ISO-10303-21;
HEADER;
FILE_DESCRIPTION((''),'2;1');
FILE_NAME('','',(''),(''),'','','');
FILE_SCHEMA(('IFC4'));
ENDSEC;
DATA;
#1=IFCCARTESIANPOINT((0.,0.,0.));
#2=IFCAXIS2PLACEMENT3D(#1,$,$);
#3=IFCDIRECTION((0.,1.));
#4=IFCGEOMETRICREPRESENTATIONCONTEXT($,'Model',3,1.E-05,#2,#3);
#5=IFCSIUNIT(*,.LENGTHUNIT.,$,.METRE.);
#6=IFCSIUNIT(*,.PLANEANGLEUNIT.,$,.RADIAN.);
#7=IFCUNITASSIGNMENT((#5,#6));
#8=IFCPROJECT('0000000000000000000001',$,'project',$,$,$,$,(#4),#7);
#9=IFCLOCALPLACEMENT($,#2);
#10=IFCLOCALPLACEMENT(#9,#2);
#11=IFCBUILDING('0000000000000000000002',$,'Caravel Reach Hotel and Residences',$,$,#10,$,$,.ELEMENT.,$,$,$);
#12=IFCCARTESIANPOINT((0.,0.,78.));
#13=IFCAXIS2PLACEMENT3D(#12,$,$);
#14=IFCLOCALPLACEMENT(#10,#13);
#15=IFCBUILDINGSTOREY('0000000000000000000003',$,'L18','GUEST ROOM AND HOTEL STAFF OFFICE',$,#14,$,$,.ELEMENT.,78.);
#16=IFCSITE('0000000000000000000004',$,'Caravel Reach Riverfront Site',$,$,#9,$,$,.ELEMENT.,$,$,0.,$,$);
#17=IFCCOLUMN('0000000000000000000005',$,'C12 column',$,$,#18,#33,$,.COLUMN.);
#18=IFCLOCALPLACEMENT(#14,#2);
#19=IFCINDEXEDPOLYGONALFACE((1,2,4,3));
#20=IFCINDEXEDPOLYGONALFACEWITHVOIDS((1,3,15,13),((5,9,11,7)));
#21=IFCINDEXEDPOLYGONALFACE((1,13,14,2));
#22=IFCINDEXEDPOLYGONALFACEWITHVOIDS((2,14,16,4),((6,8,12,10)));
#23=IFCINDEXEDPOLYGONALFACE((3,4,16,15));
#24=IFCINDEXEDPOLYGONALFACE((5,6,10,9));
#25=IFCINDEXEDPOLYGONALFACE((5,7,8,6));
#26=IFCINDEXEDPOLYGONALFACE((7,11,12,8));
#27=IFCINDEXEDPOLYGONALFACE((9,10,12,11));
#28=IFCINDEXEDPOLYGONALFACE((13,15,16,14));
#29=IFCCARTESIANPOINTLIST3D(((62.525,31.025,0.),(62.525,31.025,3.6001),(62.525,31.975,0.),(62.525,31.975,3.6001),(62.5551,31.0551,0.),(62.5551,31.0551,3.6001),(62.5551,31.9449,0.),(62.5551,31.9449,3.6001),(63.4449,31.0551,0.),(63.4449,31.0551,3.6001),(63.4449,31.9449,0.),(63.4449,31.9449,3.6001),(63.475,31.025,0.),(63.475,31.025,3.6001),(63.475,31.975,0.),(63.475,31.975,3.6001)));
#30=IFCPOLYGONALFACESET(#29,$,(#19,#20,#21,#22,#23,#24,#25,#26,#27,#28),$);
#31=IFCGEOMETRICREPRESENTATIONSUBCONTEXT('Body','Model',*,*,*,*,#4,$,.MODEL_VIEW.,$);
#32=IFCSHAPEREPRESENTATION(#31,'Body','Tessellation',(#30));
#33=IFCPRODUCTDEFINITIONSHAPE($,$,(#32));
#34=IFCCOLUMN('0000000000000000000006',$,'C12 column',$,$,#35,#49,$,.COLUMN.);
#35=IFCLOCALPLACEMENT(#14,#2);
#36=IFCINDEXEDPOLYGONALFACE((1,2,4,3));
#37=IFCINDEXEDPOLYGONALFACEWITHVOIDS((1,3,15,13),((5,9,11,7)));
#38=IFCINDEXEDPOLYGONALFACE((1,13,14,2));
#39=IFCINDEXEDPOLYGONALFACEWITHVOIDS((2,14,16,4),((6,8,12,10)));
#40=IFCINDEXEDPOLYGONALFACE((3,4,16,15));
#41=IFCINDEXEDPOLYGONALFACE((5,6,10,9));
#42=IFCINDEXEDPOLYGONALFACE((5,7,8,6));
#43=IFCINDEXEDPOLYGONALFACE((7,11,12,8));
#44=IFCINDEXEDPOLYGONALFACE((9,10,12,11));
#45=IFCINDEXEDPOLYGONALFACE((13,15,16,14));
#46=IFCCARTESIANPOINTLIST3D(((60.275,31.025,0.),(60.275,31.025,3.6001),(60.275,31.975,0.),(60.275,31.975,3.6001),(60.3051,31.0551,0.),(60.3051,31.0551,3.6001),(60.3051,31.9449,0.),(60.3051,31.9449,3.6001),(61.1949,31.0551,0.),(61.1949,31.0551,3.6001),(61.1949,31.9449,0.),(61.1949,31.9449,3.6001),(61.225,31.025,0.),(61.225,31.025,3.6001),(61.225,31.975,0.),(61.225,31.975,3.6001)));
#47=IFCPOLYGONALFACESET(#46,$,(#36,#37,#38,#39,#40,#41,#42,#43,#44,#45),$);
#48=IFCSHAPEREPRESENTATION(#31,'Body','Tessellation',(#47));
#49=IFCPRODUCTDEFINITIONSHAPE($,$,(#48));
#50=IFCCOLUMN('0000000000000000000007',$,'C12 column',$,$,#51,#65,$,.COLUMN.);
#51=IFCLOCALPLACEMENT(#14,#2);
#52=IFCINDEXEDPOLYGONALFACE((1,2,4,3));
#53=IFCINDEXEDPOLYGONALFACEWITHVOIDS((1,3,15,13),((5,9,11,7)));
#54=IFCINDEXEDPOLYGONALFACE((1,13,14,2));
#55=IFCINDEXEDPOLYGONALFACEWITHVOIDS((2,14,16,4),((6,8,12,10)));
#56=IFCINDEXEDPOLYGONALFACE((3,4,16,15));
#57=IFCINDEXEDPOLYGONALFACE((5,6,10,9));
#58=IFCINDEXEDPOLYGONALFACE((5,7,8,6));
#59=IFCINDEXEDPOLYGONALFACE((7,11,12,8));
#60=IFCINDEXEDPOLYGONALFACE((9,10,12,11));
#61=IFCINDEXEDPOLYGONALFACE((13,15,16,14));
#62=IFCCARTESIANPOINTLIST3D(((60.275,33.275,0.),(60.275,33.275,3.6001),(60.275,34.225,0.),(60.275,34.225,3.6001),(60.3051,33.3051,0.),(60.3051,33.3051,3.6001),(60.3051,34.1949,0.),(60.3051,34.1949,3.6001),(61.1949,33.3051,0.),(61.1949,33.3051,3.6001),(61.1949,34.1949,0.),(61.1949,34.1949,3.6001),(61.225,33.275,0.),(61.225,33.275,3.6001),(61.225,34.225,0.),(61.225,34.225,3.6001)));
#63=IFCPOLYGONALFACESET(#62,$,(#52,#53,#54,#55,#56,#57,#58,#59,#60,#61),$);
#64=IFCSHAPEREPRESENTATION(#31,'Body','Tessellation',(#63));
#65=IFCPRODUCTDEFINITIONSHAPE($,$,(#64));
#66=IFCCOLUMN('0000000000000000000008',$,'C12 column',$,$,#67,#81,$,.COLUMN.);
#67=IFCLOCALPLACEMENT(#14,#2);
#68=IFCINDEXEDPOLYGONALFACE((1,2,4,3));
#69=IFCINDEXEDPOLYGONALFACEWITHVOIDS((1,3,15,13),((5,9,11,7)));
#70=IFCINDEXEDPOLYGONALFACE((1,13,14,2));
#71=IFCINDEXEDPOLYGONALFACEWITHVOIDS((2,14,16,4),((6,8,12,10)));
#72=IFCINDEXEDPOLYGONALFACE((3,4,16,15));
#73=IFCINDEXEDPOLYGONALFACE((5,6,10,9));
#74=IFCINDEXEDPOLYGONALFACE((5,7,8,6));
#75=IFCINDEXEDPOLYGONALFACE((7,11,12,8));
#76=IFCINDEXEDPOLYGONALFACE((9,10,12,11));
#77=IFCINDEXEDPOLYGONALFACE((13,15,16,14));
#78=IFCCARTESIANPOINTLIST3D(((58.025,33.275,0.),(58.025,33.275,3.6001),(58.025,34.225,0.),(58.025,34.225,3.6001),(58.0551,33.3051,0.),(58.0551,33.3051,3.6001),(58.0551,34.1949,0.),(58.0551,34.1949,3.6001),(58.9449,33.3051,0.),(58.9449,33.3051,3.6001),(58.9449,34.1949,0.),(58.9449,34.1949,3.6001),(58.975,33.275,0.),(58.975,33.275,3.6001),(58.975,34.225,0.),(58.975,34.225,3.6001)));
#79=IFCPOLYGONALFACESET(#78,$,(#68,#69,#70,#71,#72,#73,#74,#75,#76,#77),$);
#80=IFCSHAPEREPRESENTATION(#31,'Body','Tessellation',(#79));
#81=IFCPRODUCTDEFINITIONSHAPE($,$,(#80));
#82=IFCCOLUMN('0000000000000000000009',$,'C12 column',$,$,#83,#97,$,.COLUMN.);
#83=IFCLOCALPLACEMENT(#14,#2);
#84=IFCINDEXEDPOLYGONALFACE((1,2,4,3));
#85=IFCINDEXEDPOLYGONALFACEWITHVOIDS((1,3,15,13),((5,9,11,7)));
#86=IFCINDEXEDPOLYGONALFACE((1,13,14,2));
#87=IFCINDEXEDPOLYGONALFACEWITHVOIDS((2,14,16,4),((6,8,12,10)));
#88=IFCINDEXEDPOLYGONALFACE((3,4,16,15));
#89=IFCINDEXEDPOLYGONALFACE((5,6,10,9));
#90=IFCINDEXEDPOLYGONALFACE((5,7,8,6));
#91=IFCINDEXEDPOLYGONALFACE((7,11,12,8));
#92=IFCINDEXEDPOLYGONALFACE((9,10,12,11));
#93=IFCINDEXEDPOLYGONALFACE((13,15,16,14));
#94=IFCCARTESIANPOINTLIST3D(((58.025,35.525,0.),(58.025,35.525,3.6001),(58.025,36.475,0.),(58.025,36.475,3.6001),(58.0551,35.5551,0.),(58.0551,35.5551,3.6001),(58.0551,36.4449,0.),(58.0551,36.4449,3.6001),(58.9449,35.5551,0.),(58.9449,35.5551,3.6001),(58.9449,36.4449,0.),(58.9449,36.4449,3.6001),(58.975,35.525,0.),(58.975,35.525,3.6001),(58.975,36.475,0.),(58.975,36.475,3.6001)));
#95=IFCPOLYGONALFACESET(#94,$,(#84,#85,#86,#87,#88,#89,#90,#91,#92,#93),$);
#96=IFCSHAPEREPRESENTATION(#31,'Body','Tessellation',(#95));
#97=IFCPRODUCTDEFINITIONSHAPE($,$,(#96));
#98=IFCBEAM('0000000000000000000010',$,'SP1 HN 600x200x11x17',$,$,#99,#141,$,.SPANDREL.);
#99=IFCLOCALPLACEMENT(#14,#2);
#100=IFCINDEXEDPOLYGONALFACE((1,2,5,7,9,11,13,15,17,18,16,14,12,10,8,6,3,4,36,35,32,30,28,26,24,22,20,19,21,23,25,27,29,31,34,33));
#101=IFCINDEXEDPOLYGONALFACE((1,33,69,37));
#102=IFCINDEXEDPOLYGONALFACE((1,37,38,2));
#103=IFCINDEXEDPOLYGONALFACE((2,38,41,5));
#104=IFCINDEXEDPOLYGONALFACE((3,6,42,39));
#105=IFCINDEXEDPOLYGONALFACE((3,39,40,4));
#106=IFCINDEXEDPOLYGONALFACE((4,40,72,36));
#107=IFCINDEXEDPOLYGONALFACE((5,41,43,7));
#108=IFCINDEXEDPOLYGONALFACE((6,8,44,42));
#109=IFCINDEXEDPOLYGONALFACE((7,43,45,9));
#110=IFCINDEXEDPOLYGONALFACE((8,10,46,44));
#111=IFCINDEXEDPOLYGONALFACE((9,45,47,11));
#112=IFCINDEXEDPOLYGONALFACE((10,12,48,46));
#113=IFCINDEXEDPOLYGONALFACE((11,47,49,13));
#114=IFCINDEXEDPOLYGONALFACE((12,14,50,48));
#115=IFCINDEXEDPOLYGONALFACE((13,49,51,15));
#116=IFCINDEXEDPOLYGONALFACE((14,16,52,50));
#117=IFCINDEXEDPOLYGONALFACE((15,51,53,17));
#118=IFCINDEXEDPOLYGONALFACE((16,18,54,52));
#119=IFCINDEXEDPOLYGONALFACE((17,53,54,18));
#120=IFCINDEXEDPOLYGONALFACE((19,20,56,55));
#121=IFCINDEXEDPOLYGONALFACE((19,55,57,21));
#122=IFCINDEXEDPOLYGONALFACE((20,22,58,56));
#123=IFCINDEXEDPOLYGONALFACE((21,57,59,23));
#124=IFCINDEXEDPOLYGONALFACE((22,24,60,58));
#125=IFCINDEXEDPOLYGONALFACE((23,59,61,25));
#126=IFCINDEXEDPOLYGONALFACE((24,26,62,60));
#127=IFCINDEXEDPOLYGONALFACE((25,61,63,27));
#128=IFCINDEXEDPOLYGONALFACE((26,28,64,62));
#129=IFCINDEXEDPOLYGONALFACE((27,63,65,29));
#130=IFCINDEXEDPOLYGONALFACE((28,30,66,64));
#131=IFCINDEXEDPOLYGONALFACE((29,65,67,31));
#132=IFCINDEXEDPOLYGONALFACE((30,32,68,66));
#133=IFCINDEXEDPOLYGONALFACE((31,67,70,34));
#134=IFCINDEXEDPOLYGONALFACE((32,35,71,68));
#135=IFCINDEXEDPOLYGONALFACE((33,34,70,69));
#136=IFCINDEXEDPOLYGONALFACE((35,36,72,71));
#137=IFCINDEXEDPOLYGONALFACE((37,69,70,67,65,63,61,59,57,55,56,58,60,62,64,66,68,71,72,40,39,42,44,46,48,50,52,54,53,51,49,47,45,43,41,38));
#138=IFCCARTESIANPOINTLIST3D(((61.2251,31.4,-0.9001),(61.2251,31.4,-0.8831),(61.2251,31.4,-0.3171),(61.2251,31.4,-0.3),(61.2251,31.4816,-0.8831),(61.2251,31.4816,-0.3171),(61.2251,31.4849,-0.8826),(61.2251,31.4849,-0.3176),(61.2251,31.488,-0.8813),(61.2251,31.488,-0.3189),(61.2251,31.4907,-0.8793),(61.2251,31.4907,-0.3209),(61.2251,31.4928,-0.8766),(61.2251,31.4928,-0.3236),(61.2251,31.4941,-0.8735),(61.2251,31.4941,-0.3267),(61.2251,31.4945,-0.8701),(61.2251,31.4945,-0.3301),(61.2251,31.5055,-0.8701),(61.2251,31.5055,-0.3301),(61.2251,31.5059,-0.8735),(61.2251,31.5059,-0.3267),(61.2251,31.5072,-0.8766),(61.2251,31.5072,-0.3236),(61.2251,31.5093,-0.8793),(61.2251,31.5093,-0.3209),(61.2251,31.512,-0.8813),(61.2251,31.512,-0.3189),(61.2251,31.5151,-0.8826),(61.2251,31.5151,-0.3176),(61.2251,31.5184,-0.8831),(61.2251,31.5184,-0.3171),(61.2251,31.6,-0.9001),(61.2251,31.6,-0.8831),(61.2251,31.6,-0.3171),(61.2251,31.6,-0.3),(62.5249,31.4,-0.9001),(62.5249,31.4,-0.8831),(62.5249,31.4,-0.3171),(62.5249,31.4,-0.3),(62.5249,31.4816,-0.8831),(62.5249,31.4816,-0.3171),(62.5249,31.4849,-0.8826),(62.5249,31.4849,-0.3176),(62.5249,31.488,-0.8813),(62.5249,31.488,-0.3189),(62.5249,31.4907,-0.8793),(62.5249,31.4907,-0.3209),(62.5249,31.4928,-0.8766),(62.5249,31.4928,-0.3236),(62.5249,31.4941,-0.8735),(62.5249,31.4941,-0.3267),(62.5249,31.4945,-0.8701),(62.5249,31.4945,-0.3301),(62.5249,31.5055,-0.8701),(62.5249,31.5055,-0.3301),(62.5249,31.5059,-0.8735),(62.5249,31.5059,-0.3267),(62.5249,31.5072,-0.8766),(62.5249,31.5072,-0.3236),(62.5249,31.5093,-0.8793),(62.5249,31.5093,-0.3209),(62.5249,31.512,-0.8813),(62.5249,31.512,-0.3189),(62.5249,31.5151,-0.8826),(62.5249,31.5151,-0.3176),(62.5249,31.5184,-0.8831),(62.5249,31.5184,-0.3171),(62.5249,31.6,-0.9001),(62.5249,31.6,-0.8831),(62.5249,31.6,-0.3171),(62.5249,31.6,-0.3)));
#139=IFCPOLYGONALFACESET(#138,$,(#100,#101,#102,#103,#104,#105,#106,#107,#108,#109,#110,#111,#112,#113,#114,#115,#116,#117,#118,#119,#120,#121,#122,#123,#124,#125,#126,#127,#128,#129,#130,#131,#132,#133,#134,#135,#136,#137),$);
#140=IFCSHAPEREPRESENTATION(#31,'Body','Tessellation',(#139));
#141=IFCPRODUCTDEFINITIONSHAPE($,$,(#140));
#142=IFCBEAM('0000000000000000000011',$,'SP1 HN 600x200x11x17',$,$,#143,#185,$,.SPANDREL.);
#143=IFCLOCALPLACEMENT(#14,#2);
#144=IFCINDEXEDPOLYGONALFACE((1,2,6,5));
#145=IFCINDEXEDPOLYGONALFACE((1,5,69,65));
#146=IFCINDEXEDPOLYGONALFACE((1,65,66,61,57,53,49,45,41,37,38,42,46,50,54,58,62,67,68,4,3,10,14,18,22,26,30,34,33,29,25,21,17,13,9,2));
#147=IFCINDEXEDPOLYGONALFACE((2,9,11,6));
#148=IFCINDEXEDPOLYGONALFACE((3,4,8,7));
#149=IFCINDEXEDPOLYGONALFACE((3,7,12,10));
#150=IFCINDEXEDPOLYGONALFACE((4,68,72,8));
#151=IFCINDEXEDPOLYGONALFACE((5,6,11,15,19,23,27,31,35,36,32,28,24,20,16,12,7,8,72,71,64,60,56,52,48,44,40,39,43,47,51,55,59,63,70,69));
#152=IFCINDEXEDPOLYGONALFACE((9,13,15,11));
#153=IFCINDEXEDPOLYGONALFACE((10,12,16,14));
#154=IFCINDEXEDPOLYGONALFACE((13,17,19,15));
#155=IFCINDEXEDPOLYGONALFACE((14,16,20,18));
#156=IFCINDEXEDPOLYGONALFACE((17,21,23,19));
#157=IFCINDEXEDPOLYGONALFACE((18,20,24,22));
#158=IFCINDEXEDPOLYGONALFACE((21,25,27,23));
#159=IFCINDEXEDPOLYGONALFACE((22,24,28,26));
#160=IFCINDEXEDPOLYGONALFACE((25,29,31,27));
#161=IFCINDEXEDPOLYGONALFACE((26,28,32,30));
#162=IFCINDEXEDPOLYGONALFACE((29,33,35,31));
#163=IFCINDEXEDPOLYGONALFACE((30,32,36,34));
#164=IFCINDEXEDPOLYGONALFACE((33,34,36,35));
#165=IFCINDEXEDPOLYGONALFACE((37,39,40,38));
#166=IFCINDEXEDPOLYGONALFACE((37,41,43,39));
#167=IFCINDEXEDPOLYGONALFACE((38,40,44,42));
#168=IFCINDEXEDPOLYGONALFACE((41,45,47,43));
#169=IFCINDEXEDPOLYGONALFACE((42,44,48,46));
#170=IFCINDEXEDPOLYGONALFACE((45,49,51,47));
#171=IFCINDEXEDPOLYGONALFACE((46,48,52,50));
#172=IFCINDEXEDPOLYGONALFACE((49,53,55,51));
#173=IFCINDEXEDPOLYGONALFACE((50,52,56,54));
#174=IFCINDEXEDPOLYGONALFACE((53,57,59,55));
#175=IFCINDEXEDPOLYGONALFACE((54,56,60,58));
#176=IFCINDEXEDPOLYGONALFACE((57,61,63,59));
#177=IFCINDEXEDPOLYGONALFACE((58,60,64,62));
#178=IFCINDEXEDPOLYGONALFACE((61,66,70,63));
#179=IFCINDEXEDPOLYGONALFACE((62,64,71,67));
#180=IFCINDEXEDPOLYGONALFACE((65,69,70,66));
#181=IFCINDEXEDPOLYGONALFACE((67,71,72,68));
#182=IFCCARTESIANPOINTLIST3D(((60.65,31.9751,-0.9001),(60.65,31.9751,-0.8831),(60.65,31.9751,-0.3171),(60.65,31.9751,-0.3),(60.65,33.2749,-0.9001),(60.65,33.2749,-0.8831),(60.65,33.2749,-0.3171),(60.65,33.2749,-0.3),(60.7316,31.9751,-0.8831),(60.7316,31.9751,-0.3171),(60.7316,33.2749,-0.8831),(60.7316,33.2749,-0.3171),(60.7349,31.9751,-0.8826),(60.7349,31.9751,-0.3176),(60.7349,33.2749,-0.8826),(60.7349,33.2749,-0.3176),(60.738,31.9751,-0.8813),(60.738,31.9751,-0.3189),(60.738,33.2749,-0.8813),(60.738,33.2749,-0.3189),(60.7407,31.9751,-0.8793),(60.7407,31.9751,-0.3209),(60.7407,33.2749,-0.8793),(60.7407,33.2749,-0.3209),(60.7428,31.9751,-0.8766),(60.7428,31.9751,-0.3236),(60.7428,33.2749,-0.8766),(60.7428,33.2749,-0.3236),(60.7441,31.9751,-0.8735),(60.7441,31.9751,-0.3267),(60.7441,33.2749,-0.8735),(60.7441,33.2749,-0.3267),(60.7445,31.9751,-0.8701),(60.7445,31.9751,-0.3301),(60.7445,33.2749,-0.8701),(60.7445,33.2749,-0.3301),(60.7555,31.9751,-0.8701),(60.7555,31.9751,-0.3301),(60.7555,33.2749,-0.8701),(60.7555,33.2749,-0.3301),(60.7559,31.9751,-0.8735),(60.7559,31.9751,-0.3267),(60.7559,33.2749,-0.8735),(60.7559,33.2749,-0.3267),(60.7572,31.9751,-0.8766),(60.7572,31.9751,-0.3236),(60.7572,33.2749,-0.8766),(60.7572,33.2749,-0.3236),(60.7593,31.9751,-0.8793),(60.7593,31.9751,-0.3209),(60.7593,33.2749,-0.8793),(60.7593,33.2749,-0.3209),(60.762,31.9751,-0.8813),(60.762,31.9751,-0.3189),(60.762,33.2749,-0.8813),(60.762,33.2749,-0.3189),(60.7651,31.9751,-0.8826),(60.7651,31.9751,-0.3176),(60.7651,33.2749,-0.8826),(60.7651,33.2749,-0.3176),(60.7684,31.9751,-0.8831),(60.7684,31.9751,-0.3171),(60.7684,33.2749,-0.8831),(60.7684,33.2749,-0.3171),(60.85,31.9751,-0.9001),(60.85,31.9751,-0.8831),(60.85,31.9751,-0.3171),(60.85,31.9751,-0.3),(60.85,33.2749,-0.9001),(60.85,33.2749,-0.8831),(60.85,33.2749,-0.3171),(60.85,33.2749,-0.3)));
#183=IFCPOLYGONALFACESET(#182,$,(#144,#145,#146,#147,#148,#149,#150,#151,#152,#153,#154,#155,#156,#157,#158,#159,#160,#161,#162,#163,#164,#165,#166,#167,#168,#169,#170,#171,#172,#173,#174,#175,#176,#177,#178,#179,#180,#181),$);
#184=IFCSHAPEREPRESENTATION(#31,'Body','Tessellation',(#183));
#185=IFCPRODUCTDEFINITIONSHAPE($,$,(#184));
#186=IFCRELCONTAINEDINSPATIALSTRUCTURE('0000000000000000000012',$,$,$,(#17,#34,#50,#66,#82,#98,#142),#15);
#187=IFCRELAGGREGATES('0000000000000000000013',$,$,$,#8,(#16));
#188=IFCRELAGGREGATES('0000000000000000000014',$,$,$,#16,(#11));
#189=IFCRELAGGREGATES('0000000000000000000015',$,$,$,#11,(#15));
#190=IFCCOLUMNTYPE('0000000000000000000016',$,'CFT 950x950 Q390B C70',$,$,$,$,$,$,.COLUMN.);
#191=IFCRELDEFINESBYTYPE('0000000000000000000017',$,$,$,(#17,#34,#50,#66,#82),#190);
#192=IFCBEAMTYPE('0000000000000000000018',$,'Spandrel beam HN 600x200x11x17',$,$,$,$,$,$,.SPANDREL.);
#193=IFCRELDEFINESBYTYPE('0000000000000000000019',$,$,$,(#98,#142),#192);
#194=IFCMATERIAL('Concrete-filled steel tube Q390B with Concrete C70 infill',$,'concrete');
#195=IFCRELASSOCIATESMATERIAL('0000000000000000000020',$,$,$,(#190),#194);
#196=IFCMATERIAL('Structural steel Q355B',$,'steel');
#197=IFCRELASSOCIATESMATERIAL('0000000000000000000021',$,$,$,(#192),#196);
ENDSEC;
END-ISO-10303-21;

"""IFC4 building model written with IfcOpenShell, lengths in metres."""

from ifc_helpers import new_model, si_unit, direction, frame, origin, origin_2d, place, context, subcontext, project, spatial, hollow_rectangle, i_section, extrude, material, material_profile, profile_set, type_object, element, save


model = new_model("IFC4")

# Units and contexts
model_context = context("Model", 3, precision=1e-05, world=origin(), true_north=direction((0.0, 1.0)))
body_context = subcontext(model_context, "Body", "Model", "MODEL_VIEW")
ifc_project = project(units=[si_unit("LENGTHUNIT", "METRE"), si_unit("PLANEANGLEUNIT", "RADIAN")], contexts=[model_context])

# Site, building, storey
site_placement = place(None, origin())
site = spatial("IfcSite", under=ifc_project, at=site_placement, Name="Caravel Reach Riverfront Site", CompositionType="ELEMENT", RefElevation=0.0)
building_placement = place(site_placement, origin())
building = spatial("IfcBuilding", under=site, at=building_placement, Name="Caravel Reach Hotel and Residences", CompositionType="ELEMENT")
storey_placement = place(building_placement, frame((0.0, 0.0, 78.0)))
storey = spatial("IfcBuildingStorey", under=building, at=storey_placement, Name="L18", Description="GUEST ROOM AND HOTEL STAFF OFFICE", CompositionType="ELEMENT", Elevation=78.0)

# Columns
ifc_material_1 = material(Name="Concrete-filled steel tube Q390B with Concrete C70 infill", Category="concrete")
ifc_material_profile_1 = material_profile(ifc_material_1, hollow_rectangle(XDim=0.95, YDim=0.95, WallThickness=0.03, at=origin_2d()), Name="RHS 950x950x30")
ifc_profile_set_1 = profile_set([ifc_material_profile_1], Name="Concrete-filled steel tube Q390B with Concrete C70 infill")
column_type = type_object("IfcColumnType", Name="CFT 950x950 Q390B C70", PredefinedType="COLUMN", material=ifc_profile_set_1)
for number, where, z_axis, x_axis, name in (
    (1, (63.0, 31.5, 0.0), (0.0, 0.0, 1.0), (1.0, 0.0, 0.0), "C12 column"),
    (2, (60.75, 31.5, 0.0), (0.0, 0.0, 1.0), (1.0, 0.0, 0.0), "C12 column"),
    (3, (60.75, 33.75, 0.0), (0.0, 0.0, 1.0), (1.0, 0.0, 0.0), "C12 column"),
    (4, (58.5, 33.75, 0.0), (0.0, 0.0, 1.0), (1.0, 0.0, 0.0), "C12 column"),
    (5, (58.5, 36.0, 0.0), (0.0, 0.0, 1.0), (1.0, 0.0, 0.0), "C12 column"),
):
    element("IfcColumn", number, at=place(storey_placement, frame(where, z_axis=z_axis, x_axis=x_axis)), inside=storey, type_object=column_type, Name=name, PredefinedType="COLUMN", context=body_context, shape_type="SweptSolid", body=[
        extrude(hollow_rectangle(XDim=0.95, YDim=0.95, WallThickness=0.03, at=origin_2d()), origin(), (0.0, 0.0, 1.0), 3.6001),
    ])

# Beams
ifc_material_2 = material(Name="Structural steel Q355B", Category="steel")
ifc_material_profile_2 = material_profile(ifc_material_2, i_section(OverallWidth=0.2, OverallDepth=0.6001, WebThickness=0.011, FlangeThickness=0.0171, FilletRadius=0.0129, at=origin_2d()), Name="HN 600x200x11x17")
ifc_profile_set_2 = profile_set([ifc_material_profile_2], Name="Structural steel Q355B")
beam_type = type_object("IfcBeamType", Name="Spandrel beam HN 600x200x11x17", PredefinedType="SPANDREL", material=ifc_profile_set_2)
for number, where, z_axis, x_axis, name in (
    (6, (62.5249, 31.5, -0.6001), (-1.0, 0.0, 0.0), (0.0, -1.0, 0.0), "SP1 HN 600x200x11x17"),
    (7, (60.75, 31.9751, -0.6001), (0.0, 1.0, 0.0), (-1.0, 0.0, 0.0), "SP1 HN 600x200x11x17"),
):
    element("IfcBeam", number, at=place(storey_placement, frame(where, z_axis=z_axis, x_axis=x_axis)), inside=storey, type_object=beam_type, Name=name, PredefinedType="SPANDREL", context=body_context, shape_type="SweptSolid", body=[
        extrude(i_section(OverallWidth=0.2, OverallDepth=0.6001, WebThickness=0.011, FlangeThickness=0.0171, FilletRadius=0.0129, at=origin_2d()), origin(), (0.0, 0.0, 1.0), 1.2998),
    ])

save(model, "model.ifc")
